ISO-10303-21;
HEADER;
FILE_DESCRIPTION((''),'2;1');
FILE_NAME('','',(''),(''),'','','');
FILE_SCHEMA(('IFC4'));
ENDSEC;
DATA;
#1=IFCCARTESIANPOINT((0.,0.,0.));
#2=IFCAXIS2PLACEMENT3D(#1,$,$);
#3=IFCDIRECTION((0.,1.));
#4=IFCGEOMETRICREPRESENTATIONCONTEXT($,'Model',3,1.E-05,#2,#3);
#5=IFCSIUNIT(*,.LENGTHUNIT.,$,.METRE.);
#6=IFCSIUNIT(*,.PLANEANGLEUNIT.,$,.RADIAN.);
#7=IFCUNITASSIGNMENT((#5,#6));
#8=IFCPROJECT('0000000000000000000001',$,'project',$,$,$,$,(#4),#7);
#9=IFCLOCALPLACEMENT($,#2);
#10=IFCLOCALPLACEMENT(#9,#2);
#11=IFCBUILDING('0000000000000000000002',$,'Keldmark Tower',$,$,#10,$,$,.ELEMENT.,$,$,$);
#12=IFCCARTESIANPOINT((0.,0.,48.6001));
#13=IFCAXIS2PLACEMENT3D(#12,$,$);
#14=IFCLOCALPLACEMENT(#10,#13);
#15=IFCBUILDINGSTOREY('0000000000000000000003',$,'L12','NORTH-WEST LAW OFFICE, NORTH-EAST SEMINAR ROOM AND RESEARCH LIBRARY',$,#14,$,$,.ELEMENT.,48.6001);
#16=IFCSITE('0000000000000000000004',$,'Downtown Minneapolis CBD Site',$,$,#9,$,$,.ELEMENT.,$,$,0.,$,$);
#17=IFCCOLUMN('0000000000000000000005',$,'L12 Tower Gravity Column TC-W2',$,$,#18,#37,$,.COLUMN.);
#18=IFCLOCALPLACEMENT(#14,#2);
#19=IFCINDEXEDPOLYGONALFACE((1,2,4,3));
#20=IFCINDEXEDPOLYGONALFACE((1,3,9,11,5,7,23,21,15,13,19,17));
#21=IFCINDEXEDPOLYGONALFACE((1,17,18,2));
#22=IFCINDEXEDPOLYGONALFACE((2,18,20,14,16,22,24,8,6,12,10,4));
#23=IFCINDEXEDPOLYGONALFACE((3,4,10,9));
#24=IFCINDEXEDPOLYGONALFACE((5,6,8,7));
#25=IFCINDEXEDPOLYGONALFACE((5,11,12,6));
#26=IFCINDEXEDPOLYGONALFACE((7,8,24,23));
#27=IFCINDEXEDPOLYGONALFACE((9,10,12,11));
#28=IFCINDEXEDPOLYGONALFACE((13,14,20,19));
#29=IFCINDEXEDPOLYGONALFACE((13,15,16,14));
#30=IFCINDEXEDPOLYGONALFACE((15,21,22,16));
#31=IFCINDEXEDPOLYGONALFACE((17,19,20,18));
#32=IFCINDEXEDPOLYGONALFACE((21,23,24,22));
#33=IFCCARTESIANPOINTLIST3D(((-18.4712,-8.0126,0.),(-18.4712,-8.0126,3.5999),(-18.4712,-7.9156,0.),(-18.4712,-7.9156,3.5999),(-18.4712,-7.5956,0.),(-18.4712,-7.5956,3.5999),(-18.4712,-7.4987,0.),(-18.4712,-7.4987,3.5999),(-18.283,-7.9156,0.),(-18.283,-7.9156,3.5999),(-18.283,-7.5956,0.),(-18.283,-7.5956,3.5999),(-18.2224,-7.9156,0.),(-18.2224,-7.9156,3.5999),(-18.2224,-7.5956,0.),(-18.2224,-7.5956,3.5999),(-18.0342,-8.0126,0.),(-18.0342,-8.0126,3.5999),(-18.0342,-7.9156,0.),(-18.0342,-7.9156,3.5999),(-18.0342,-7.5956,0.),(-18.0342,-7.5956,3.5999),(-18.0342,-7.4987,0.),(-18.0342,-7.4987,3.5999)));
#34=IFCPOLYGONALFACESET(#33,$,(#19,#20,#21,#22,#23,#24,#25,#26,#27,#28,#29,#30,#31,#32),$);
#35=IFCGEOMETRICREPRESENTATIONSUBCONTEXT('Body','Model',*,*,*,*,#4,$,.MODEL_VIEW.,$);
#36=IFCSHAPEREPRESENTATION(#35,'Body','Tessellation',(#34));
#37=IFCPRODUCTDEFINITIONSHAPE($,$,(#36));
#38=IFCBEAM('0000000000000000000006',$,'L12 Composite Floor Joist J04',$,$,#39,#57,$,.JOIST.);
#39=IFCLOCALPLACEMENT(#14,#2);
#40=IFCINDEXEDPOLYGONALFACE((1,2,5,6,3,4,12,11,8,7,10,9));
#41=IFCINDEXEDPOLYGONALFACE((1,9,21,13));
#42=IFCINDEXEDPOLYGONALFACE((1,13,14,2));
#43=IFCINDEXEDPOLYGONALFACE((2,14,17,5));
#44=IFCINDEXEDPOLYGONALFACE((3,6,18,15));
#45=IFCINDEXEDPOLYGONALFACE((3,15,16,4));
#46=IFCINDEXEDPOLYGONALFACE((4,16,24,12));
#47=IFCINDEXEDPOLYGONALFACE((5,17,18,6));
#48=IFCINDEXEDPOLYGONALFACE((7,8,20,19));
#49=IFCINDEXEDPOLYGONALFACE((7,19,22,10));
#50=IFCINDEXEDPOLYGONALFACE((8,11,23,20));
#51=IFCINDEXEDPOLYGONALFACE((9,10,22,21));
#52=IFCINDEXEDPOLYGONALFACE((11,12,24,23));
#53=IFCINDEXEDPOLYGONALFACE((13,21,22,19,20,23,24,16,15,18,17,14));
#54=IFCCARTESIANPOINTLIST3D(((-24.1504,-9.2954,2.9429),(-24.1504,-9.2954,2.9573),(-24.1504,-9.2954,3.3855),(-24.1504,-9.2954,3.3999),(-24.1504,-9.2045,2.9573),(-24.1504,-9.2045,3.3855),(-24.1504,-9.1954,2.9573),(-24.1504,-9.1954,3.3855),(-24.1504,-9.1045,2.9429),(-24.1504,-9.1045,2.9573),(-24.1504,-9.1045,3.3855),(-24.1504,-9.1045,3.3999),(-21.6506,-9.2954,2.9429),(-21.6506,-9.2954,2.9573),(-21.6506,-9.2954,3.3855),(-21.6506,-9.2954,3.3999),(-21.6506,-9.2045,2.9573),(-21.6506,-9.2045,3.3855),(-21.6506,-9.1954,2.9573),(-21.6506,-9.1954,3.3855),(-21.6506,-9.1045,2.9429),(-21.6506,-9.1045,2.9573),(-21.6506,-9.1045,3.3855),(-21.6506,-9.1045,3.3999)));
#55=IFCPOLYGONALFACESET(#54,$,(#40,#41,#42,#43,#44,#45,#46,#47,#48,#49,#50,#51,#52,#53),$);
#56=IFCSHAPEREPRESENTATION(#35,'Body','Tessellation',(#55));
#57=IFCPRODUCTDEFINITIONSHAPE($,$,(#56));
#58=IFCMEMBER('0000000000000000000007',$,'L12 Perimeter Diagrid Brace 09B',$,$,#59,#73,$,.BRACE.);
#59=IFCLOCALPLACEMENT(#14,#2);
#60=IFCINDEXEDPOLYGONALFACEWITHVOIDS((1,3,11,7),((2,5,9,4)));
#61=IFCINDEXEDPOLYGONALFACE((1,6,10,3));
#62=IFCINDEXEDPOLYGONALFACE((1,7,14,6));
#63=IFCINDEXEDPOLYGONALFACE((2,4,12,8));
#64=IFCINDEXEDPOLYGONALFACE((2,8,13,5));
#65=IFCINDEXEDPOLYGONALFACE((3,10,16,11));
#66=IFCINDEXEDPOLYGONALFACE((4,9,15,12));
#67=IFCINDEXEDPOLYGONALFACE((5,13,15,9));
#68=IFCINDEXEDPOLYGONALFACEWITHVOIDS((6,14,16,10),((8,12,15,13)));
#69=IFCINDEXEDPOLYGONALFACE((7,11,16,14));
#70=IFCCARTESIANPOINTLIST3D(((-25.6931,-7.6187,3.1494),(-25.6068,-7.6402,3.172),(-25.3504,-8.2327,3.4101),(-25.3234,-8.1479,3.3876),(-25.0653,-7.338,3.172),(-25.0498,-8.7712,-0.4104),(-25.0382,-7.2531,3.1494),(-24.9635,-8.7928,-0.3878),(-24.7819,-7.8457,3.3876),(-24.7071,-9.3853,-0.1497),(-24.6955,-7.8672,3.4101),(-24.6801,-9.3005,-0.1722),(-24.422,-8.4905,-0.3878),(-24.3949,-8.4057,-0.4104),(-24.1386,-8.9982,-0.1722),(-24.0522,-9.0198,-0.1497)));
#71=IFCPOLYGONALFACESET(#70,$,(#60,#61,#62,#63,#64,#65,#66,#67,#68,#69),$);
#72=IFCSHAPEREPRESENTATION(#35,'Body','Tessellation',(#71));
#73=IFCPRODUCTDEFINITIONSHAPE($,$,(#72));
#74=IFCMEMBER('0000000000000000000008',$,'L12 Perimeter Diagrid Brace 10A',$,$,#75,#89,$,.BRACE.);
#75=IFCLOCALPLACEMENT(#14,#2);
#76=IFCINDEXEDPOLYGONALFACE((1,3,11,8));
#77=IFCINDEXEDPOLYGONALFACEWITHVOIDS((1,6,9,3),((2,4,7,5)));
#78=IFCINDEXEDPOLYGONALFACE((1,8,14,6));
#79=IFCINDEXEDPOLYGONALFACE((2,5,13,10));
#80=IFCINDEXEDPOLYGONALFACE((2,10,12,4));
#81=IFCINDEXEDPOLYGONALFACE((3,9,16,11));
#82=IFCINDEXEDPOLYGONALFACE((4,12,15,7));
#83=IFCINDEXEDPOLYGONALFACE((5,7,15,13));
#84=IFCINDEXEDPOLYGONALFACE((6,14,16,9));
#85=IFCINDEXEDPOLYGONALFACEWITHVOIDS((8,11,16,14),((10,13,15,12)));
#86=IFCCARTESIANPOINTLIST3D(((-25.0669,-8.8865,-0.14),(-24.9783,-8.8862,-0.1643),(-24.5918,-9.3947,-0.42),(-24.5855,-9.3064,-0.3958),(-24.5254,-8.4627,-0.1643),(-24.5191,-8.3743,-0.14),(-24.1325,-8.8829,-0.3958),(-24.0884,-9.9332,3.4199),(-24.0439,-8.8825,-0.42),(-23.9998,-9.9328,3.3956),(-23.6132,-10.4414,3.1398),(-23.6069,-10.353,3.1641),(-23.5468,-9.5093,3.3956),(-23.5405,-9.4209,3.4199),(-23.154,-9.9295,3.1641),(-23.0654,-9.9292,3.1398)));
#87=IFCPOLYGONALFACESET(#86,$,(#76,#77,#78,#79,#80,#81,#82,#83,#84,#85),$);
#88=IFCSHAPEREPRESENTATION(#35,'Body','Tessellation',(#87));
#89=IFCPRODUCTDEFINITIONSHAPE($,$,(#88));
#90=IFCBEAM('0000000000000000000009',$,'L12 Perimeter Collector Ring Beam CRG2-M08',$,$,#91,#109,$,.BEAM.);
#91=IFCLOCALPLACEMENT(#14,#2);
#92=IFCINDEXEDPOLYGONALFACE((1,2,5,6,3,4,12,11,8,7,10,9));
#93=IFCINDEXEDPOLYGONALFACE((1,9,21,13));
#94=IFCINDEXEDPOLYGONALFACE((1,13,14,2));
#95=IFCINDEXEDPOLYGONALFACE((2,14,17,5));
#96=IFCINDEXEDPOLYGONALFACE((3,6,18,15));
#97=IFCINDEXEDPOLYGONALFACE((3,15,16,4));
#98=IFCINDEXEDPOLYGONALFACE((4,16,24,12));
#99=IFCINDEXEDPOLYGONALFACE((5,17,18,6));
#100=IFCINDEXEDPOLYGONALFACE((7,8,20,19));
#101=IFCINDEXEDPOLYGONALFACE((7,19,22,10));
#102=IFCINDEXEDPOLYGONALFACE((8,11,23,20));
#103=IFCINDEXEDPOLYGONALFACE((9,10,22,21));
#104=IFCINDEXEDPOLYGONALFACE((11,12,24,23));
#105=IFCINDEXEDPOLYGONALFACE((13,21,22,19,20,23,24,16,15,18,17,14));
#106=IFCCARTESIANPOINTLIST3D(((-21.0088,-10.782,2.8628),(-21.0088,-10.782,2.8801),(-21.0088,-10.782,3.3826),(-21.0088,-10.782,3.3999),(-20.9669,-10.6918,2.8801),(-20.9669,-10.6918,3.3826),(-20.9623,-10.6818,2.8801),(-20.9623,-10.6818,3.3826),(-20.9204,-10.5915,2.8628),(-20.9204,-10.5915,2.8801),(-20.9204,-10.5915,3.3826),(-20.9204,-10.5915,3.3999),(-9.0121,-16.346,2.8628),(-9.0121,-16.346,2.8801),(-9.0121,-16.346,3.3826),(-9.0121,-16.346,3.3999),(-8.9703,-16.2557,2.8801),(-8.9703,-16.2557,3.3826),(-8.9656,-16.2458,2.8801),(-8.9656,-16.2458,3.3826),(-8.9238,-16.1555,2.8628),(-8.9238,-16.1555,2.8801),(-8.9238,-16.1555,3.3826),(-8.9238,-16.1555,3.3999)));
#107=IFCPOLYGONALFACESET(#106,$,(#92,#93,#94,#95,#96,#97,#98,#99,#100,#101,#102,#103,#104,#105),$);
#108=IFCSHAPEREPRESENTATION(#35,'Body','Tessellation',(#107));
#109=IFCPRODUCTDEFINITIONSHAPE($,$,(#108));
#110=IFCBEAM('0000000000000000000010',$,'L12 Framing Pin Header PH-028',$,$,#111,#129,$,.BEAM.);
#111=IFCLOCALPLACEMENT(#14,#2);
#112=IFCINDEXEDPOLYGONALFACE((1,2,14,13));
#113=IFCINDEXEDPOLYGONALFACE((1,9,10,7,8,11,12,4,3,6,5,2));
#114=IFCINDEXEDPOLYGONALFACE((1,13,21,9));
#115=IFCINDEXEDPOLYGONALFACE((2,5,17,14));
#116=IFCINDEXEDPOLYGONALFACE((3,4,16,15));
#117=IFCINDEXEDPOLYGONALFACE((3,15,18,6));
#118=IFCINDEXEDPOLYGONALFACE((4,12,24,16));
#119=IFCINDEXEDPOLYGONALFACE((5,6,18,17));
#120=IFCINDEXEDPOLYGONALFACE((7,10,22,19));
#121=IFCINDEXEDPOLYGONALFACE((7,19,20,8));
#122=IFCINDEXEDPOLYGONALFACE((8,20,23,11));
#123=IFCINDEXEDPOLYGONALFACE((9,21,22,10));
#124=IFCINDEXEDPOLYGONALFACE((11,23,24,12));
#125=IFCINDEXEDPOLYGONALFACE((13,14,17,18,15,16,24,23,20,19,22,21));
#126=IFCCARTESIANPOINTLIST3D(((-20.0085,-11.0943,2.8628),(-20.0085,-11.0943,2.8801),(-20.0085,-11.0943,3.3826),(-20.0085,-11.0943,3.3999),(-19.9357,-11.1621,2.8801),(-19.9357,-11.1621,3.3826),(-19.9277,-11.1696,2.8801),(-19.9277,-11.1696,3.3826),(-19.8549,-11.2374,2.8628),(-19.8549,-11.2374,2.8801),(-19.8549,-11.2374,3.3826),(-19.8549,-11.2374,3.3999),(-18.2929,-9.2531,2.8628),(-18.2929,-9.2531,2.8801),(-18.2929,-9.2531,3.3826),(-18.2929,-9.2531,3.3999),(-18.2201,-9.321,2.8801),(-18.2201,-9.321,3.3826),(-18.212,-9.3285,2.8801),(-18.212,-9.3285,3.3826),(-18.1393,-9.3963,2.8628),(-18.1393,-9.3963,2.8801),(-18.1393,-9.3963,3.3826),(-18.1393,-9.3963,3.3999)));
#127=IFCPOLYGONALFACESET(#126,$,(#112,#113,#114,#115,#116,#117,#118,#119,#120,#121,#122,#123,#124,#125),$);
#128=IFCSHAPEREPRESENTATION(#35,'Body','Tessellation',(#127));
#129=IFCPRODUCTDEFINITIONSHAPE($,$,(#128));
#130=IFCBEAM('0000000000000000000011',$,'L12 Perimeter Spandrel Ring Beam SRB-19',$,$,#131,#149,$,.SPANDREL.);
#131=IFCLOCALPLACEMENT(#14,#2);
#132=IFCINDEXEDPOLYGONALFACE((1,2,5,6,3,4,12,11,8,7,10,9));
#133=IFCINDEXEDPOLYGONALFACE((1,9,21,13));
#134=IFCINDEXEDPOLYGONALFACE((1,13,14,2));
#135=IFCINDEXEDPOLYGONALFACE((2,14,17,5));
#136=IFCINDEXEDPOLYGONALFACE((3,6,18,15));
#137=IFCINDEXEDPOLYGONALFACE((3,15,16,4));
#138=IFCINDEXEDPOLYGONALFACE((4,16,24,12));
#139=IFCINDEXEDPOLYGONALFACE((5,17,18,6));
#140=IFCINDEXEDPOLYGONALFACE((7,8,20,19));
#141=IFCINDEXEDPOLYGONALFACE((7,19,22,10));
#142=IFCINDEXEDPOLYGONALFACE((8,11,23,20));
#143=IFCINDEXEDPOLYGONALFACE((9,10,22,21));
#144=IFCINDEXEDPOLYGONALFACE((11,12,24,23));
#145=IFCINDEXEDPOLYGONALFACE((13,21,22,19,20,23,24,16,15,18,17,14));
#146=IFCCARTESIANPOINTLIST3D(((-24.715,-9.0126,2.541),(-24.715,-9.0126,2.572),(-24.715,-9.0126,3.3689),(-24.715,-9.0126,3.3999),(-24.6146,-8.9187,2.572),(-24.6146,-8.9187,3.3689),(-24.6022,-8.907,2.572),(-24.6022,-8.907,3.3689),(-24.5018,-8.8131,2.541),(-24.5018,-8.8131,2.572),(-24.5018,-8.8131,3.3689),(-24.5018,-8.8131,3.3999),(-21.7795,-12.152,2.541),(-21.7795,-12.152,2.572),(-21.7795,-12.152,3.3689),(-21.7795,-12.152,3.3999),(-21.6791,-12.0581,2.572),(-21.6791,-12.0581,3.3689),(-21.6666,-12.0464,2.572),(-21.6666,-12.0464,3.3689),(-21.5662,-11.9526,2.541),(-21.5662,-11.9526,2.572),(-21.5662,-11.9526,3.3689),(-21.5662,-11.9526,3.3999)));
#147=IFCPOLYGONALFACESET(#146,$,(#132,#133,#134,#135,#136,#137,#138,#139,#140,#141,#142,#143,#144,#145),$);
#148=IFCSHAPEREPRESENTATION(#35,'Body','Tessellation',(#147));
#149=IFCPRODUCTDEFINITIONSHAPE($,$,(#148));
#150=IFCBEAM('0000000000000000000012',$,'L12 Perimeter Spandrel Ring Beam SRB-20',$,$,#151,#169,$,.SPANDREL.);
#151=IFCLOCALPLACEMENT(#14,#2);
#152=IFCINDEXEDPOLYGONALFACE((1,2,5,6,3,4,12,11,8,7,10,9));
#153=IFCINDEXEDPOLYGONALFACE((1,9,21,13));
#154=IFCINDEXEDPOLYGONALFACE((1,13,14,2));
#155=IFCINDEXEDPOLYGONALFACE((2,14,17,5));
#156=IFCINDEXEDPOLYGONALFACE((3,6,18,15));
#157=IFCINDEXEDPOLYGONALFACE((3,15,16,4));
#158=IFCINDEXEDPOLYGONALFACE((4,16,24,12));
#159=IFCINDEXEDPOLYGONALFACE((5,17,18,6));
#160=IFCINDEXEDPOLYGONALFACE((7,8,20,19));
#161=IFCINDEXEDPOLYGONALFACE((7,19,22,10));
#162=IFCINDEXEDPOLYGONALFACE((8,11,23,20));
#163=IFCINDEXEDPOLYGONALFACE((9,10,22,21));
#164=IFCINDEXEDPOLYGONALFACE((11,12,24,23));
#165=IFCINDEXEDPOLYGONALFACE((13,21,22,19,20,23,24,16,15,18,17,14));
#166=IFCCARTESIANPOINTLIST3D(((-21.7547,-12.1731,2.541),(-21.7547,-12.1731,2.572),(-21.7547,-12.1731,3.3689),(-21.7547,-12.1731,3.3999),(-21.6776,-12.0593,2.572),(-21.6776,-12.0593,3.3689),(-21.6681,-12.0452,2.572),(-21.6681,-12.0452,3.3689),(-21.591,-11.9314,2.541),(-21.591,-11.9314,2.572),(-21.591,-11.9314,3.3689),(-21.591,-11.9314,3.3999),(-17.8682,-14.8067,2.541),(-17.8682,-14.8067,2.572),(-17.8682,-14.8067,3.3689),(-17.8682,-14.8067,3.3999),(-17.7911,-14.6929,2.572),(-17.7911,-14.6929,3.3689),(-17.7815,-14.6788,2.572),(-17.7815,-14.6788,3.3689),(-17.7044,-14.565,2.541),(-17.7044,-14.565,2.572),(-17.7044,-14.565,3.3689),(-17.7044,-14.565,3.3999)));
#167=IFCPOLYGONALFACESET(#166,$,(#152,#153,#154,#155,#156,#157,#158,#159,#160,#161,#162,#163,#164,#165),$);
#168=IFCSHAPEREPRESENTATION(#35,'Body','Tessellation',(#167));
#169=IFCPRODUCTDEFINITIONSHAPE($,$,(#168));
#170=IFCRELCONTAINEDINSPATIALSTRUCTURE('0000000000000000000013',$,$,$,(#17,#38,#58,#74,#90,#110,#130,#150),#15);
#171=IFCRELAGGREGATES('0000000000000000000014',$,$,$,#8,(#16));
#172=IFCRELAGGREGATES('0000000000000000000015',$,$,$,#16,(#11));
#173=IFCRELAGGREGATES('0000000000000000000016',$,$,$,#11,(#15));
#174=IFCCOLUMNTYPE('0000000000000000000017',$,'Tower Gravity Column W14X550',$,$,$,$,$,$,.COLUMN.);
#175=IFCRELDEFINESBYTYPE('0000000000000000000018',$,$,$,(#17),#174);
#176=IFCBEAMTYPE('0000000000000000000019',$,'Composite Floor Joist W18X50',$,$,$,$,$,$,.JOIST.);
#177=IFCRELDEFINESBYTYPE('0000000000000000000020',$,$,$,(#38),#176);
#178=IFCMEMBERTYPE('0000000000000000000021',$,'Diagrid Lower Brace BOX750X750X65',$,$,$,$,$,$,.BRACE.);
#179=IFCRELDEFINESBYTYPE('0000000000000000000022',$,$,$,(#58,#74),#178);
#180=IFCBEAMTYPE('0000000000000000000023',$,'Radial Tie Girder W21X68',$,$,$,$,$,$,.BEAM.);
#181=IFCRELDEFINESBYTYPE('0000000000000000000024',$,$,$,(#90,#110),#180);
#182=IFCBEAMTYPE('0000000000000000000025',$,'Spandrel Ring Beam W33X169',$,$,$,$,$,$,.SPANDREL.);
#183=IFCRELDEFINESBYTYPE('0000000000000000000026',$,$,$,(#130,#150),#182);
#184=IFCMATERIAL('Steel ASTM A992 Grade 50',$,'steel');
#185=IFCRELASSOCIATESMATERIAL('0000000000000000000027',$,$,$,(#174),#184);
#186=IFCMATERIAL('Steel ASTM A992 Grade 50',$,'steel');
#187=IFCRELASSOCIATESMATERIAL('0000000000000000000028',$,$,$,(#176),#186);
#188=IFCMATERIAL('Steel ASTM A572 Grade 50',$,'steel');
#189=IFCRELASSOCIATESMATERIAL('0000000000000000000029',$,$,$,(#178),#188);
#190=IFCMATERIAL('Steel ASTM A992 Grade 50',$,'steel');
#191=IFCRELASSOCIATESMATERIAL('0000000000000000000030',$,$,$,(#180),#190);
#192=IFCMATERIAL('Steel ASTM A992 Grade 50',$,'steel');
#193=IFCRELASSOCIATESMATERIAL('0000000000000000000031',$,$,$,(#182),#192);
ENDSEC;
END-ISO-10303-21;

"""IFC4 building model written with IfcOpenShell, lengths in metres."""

from ifc_helpers import new_model, si_unit, direction, frame, origin, origin_2d, place, context, subcontext, project, spatial, hollow_rectangle, i_section, extrude, material, material_profile, profile_set, type_object, element, save


model = new_model("IFC4")

# Units and contexts
model_context = context("Model", 3, precision=1e-05, world=origin(), true_north=direction((0.0, 1.0)))
body_context = subcontext(model_context, "Body", "Model", "MODEL_VIEW")
ifc_project = project(units=[si_unit("LENGTHUNIT", "METRE"), si_unit("PLANEANGLEUNIT", "RADIAN")], contexts=[model_context])

# Site, building, storey
site_placement = place(None, origin())
site = spatial("IfcSite", under=ifc_project, at=site_placement, Name="Downtown Minneapolis CBD Site", CompositionType="ELEMENT", RefElevation=0.0)
building_placement = place(site_placement, origin())
building = spatial("IfcBuilding", under=site, at=building_placement, Name="Keldmark Tower", CompositionType="ELEMENT")
storey_placement = place(building_placement, frame((0.0, 0.0, 48.6001)))
storey = spatial("IfcBuildingStorey", under=building, at=storey_placement, Name="L12", Description="NORTH-WEST LAW OFFICE, NORTH-EAST SEMINAR ROOM AND RESEARCH LIBRARY", CompositionType="ELEMENT", Elevation=48.6001)

# Column
ifc_material_1 = material(Name="Steel ASTM A992 Grade 50", Category="steel")
ifc_material_profile_1 = material_profile(ifc_material_1, i_section(OverallWidth=0.437, OverallDepth=0.5139, WebThickness=0.0605, FlangeThickness=0.0969, at=origin_2d()), Name="W14X550")
ifc_profile_set_1 = profile_set([ifc_material_profile_1], Name="Steel ASTM A992 Grade 50")
column_type = type_object("IfcColumnType", Name="Tower Gravity Column W14X550", PredefinedType="COLUMN", material=ifc_profile_set_1)
column_placement = place(storey_placement, frame((-18.2527, -7.7556, 0.0), z_axis=(0.0, 0.0, 1.0), x_axis=(1.0, 0.0, 0.0)))
element("IfcColumn", 1, at=column_placement, inside=storey, type_object=column_type, Name="L12 Tower Gravity Column TC-W2", PredefinedType="COLUMN", context=body_context, shape_type="SweptSolid", body=[
    extrude(i_section(OverallWidth=0.437, OverallDepth=0.5139, WebThickness=0.0605, FlangeThickness=0.0969, at=origin_2d()), origin(), (0.0, 0.0, 1.0), 3.5999),
])

# Beam
ifc_material_2 = material(Name="Steel ASTM A992 Grade 50", Category="steel")
ifc_material_profile_2 = material_profile(ifc_material_2, i_section(OverallWidth=0.1909, OverallDepth=0.457, WebThickness=0.009, FlangeThickness=0.0144, at=origin_2d()), Name="W18X50")
ifc_profile_set_2 = profile_set([ifc_material_profile_2], Name="Steel ASTM A992 Grade 50")
beam_type_1 = type_object("IfcBeamType", Name="Composite Floor Joist W18X50", PredefinedType="JOIST", material=ifc_profile_set_2)
beam_1_placement = place(storey_placement, frame((-24.1504, -9.2, 3.1714), z_axis=(1.0, 0.0, 0.0), x_axis=(0.0, 1.0, 0.0)))
element("IfcBeam", 2, at=beam_1_placement, inside=storey, type_object=beam_type_1, Name="L12 Composite Floor Joist J04", PredefinedType="JOIST", context=body_context, shape_type="SweptSolid", body=[
    extrude(i_section(OverallWidth=0.1909, OverallDepth=0.457, WebThickness=0.009, FlangeThickness=0.0144, at=origin_2d()), origin(), (0.0, 0.0, 1.0), 2.4998),
])

# Members
ifc_material_3 = material(Name="Steel ASTM A572 Grade 50", Category="steel")
ifc_material_profile_3 = material_profile(ifc_material_3, hollow_rectangle(XDim=0.75, YDim=0.75, WallThickness=0.0649, at=origin_2d()), Name="BOX750X750X65")
ifc_profile_set_3 = profile_set([ifc_material_profile_3], Name="Steel ASTM A572 Grade 50")
member_type = type_object("IfcMemberType", Name="Diagrid Lower Brace BOX750X750X65", PredefinedType="BRACE", material=ifc_profile_set_3)
member_1_placement = place(storey_placement, frame((-24.551, -8.8955, -0.28), z_axis=(-0.169441, 0.30358, 0.937619), x_axis=(-0.873196, -0.487369, 0.0)))
element("IfcMember", 3, at=member_1_placement, inside=storey, type_object=member_type, Name="L12 Perimeter Diagrid Brace 09B", PredefinedType="BRACE", context=body_context, shape_type="SweptSolid", body=[
    extrude(hollow_rectangle(XDim=0.75, YDim=0.75, WallThickness=0.0649, at=origin_2d()), origin(), (0.0, 0.0, 1.0), 3.7966),
])
member_2_placement = place(storey_placement, frame((-24.5554, -8.8845, -0.28), z_axis=(0.254998, -0.272749, 0.927677), x_axis=(0.730477, 0.682937, 0.0)))
element("IfcMember", 4, at=member_2_placement, inside=storey, type_object=member_type, Name="L12 Perimeter Diagrid Brace 10A", PredefinedType="BRACE", context=body_context, shape_type="SweptSolid", body=[
    extrude(hollow_rectangle(XDim=0.75, YDim=0.75, WallThickness=0.0649, at=origin_2d()), origin(), (0.0, 0.0, 1.0), 3.8374),
])

# Beams
ifc_material_4 = material(Name="Steel ASTM A992 Grade 50", Category="steel")
ifc_material_profile_4 = material_profile(ifc_material_4, i_section(OverallWidth=0.21, OverallDepth=0.5371, WebThickness=0.011, FlangeThickness=0.0173, at=origin_2d()), Name="W21X68")
ifc_profile_set_4 = profile_set([ifc_material_profile_4], Name="Steel ASTM A992 Grade 50")
beam_type_2 = type_object("IfcBeamType", Name="Radial Tie Girder W21X68", PredefinedType="BEAM", material=ifc_profile_set_4)
beam_2_placement = place(storey_placement, frame((-20.9646, -10.6868, 3.1313), z_axis=(0.907179, -0.420746, 0.0), x_axis=(0.420746, 0.907179, 0.0)))
element("IfcBeam", 5, at=beam_2_placement, inside=storey, type_object=beam_type_2, Name="L12 Perimeter Collector Ring Beam CRG2-M08", PredefinedType="BEAM", context=body_context, shape_type="SweptSolid", body=[
    extrude(i_section(OverallWidth=0.21, OverallDepth=0.5371, WebThickness=0.011, FlangeThickness=0.0173, at=origin_2d()), origin(), (0.0, 0.0, 1.0), 13.2241),
])
beam_3_placement = place(storey_placement, frame((-18.2161, -9.3247, 3.1313), z_axis=(-0.681734, -0.7316, 0.0), x_axis=(0.7316, -0.681734, 0.0)))
element("IfcBeam", 6, at=beam_3_placement, inside=storey, type_object=beam_type_2, Name="L12 Framing Pin Header PH-028", PredefinedType="BEAM", context=body_context, shape_type="SweptSolid", body=[
    extrude(i_section(OverallWidth=0.21, OverallDepth=0.5371, WebThickness=0.011, FlangeThickness=0.0173, at=origin_2d()), origin(), (0.0, 0.0, 1.0), 2.5166),
])
ifc_material_5 = material(Name="Steel ASTM A992 Grade 50", Category="steel")
ifc_material_profile_5 = material_profile(ifc_material_5, i_section(OverallWidth=0.292, OverallDepth=0.8589, WebThickness=0.0171, FlangeThickness=0.031, at=origin_2d()), Name="W33X169")
ifc_profile_set_5 = profile_set([ifc_material_profile_5], Name="Steel ASTM A992 Grade 50")
beam_type_3 = type_object("IfcBeamType", Name="Spandrel Ring Beam W33X169", PredefinedType="SPANDREL", material=ifc_profile_set_5)
beam_4_placement = place(storey_placement, frame((-24.6084, -8.9128, 2.9705), z_axis=(0.682994, -0.730424, 0.0), x_axis=(0.730424, 0.682994, 0.0)))
element("IfcBeam", 7, at=beam_4_placement, inside=storey, type_object=beam_type_3, Name="L12 Perimeter Spandrel Ring Beam SRB-19", PredefinedType="SPANDREL", context=body_context, shape_type="SweptSolid", body=[
    extrude(i_section(OverallWidth=0.292, OverallDepth=0.8589, WebThickness=0.0171, FlangeThickness=0.031, at=origin_2d()), origin(), (0.0, 0.0, 1.0), 4.2981),
])
beam_5_placement = place(storey_placement, frame((-21.6729, -12.0522, 2.9705), z_axis=(0.827842, -0.560961, 0.0), x_axis=(0.560961, 0.827842, 0.0)))
element("IfcBeam", 8, at=beam_5_placement, inside=storey, type_object=beam_type_3, Name="L12 Perimeter Spandrel Ring Beam SRB-20", PredefinedType="SPANDREL", context=body_context, shape_type="SweptSolid", body=[
    extrude(i_section(OverallWidth=0.292, OverallDepth=0.8589, WebThickness=0.0171, FlangeThickness=0.031, at=origin_2d()), origin(), (0.0, 0.0, 1.0), 4.6948),
])

save(model, "model.ifc")
